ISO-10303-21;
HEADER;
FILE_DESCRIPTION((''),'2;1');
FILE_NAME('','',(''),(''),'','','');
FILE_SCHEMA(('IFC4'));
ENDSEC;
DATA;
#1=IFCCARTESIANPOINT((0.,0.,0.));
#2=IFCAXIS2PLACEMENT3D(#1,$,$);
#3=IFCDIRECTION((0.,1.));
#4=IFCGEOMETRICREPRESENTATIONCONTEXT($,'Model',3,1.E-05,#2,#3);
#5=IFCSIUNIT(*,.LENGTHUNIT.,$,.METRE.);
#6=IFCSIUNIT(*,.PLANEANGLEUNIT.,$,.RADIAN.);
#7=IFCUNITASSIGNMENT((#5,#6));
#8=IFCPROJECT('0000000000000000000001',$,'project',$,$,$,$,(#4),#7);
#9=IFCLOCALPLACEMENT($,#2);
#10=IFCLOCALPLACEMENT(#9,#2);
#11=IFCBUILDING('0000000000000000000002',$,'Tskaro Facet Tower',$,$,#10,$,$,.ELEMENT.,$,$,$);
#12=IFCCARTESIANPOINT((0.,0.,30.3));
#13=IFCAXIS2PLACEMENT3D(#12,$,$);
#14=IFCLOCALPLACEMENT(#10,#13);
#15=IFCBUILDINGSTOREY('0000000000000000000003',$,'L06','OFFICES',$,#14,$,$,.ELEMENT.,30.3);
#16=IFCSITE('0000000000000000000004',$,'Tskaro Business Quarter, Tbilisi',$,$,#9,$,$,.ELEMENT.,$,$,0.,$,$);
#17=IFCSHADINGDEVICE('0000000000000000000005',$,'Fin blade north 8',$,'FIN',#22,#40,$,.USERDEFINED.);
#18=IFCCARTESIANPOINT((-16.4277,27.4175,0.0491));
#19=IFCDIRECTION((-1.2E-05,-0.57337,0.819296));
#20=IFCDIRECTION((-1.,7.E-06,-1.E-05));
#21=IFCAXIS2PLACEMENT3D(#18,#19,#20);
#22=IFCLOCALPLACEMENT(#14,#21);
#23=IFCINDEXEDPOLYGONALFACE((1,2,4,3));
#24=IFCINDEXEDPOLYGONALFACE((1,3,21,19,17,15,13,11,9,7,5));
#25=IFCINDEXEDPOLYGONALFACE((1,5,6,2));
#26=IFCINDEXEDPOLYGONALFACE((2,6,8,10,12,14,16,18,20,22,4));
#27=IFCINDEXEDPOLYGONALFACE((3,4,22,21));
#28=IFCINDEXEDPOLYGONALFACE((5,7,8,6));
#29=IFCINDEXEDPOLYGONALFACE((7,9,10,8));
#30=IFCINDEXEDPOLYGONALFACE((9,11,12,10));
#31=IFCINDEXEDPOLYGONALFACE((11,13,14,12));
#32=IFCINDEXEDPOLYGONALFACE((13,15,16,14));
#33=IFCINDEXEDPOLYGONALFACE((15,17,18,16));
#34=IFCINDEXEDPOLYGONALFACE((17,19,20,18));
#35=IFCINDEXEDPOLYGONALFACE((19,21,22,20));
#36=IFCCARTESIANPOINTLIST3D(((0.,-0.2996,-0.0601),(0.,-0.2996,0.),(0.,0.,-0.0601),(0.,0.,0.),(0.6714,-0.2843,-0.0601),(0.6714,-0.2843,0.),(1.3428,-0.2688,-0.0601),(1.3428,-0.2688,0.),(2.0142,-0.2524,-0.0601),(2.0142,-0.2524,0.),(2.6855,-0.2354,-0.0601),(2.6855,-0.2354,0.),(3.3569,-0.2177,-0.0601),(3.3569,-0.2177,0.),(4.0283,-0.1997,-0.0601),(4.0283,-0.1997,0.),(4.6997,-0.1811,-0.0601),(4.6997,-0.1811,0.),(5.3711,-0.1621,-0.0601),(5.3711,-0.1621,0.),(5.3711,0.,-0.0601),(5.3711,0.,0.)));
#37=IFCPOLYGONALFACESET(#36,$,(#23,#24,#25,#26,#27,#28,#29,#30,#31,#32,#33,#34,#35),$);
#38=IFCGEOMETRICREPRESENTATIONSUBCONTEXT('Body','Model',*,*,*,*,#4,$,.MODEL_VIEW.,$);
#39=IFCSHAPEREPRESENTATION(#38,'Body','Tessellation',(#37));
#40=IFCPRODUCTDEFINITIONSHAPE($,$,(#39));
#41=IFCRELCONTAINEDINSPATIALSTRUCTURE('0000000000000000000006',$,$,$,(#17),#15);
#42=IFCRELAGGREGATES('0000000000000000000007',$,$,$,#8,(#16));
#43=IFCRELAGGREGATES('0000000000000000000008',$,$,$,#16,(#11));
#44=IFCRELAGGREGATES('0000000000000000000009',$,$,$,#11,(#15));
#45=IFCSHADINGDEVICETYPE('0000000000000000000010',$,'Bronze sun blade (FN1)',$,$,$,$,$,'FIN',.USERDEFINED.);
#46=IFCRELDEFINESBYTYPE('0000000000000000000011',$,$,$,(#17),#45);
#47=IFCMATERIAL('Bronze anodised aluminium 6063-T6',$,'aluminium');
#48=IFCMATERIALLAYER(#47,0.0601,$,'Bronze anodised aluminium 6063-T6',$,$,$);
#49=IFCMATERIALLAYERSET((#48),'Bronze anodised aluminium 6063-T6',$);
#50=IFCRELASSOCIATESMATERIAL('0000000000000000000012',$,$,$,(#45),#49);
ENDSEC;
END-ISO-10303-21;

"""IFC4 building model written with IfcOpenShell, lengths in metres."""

from ifc_helpers import new_model, si_unit, direction, frame, origin, place, context, subcontext, project, spatial, polyline, outline, extrude, material, layer, layer_set, type_object, element, save


model = new_model("IFC4")

# Units and contexts
model_context = context("Model", 3, precision=1e-05, world=origin(), true_north=direction((0.0, 1.0)))
body_context = subcontext(model_context, "Body", "Model", "MODEL_VIEW")
ifc_project = project(units=[si_unit("LENGTHUNIT", "METRE"), si_unit("PLANEANGLEUNIT", "RADIAN")], contexts=[model_context])

# Site, building, storey
site_placement = place(None, origin())
site = spatial("IfcSite", under=ifc_project, at=site_placement, Name="Tskaro Business Quarter, Tbilisi", CompositionType="ELEMENT", RefElevation=0.0)
building_placement = place(site_placement, origin())
building = spatial("IfcBuilding", under=site, at=building_placement, Name="Tskaro Facet Tower", CompositionType="ELEMENT")
storey_placement = place(building_placement, frame((0.0, 0.0, 30.3)))
storey = spatial("IfcBuildingStorey", under=building, at=storey_placement, Name="L06", Description="OFFICES", CompositionType="ELEMENT", Elevation=30.3)

# Shared definitions
ifc_material_1 = material(Name="Bronze anodised aluminium 6063-T6", Category="aluminium")

# Shading device
ifc_layer_1 = layer(ifc_material_1, 0.0601, Name="Bronze anodised aluminium 6063-T6")
ifc_layer_set_1 = layer_set([ifc_layer_1], Name="Bronze anodised aluminium 6063-T6")
shading_device_type = type_object("IfcShadingDeviceType", Name="Bronze sun blade (FN1)", ElementType="FIN", PredefinedType="USERDEFINED", material=ifc_layer_set_1)
shading_device_1_placement = place(storey_placement, frame((-16.4277, 27.4175, 0.0491), z_axis=(-0.000012, -0.57337, 0.819296), x_axis=(-1.0, 0.000007, -0.00001)))
element("IfcShadingDevice", 1, at=shading_device_1_placement, inside=storey, type_object=shading_device_type, Name="Fin blade north 8", ObjectType="FIN", PredefinedType="USERDEFINED", context=body_context, shape_type="SweptSolid", body=[
    extrude(outline(polyline([(0.0, 0.0), (5.3711, 0.0), (5.3711, -0.1621), (4.6997, -0.1811), (4.0283, -0.1997), (3.3569, -0.2177), (2.6855, -0.2354), (2.0142, -0.2524), (1.3428, -0.2688), (0.6714, -0.2843), (0.0, -0.2996), (0.0, 0.0)])), origin(), (0.0, 0.0, -1.0), 0.0601),
])

save(model, "model.ifc")
